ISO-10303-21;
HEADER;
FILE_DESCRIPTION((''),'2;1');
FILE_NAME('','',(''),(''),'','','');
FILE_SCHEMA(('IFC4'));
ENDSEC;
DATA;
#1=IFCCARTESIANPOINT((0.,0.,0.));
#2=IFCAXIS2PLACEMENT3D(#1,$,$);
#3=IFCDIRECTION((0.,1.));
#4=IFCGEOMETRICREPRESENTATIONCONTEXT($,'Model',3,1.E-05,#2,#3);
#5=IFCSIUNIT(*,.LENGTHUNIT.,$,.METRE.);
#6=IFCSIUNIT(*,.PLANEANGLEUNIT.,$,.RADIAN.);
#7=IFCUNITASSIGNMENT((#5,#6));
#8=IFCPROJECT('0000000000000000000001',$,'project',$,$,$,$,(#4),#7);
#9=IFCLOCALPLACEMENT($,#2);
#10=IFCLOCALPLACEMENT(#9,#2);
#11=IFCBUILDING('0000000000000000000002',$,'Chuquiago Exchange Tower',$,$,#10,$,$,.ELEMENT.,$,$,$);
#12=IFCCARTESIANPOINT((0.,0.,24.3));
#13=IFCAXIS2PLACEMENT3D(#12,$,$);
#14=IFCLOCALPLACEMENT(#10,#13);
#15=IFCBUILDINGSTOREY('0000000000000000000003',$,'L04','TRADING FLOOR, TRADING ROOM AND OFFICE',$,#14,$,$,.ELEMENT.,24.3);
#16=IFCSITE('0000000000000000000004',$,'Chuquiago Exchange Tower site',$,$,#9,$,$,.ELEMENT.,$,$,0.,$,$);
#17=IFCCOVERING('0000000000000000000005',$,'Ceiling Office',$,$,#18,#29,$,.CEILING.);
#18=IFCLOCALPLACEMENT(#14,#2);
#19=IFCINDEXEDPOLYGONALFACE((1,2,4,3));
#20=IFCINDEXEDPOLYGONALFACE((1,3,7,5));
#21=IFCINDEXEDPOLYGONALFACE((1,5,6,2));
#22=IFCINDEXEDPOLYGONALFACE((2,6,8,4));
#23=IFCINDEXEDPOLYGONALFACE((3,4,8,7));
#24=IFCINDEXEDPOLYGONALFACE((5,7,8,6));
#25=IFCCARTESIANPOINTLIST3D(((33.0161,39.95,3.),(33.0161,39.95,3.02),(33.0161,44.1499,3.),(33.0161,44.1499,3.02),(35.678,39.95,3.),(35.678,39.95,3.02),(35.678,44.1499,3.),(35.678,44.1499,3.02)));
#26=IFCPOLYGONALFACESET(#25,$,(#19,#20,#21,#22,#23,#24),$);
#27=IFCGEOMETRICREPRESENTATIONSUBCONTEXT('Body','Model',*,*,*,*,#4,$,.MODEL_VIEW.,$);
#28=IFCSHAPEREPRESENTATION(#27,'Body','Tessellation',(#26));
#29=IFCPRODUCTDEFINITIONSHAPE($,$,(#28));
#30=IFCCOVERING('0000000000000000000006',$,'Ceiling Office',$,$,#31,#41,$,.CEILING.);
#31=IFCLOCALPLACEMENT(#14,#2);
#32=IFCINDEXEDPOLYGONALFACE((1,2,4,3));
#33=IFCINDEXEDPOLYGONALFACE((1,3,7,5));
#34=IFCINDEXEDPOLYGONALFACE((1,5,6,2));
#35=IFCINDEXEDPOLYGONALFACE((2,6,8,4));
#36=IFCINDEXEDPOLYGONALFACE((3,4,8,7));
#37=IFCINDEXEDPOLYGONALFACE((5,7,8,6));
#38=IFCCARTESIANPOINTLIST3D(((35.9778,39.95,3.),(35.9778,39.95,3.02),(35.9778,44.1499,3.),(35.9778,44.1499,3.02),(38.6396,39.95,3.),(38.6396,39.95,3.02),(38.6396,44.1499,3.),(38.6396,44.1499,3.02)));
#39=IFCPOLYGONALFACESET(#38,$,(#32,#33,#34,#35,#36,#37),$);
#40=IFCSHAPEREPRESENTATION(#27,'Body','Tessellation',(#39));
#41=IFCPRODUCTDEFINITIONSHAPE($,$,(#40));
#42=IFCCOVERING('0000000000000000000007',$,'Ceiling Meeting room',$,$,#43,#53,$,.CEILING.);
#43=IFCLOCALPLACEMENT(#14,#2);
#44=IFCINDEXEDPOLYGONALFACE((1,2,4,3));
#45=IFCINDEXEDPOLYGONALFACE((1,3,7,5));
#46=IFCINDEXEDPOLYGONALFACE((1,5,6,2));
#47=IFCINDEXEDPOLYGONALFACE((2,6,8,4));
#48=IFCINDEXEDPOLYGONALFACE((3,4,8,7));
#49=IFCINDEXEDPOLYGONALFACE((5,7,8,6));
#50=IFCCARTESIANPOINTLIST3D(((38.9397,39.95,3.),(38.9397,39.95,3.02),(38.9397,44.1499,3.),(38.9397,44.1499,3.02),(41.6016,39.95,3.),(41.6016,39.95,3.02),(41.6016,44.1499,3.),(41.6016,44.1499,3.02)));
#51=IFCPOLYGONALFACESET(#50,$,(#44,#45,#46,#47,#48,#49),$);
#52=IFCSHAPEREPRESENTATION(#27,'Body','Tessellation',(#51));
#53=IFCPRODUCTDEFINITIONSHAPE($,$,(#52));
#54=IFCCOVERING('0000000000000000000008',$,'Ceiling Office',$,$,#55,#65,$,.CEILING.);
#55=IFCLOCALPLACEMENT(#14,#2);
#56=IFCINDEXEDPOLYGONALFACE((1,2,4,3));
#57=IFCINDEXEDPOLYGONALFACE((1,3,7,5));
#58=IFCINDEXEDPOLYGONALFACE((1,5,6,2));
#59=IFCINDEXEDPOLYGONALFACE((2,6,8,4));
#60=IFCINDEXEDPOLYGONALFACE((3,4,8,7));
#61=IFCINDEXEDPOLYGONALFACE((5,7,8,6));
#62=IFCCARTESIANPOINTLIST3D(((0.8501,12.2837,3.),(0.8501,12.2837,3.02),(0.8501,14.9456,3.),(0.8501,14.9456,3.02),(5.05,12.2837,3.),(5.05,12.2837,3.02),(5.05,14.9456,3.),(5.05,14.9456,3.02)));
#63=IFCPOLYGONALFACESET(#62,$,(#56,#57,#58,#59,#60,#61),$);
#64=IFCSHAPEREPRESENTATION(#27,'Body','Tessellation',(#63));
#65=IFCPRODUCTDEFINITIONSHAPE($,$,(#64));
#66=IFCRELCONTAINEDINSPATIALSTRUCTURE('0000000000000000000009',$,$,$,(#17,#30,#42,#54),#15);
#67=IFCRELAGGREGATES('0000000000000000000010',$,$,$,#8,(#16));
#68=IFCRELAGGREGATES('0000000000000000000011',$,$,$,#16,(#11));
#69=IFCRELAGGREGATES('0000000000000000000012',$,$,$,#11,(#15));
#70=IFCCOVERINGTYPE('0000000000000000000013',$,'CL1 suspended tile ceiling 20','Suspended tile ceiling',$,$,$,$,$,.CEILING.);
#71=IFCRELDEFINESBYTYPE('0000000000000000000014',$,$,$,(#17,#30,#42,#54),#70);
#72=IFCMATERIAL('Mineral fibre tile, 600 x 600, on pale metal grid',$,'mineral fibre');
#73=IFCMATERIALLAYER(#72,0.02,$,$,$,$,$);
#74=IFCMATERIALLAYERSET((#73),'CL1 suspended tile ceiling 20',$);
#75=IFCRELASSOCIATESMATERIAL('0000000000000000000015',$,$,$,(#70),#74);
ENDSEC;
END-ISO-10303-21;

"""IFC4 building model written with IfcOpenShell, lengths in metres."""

from ifc_helpers import new_model, si_unit, direction, frame, origin, place, context, subcontext, project, spatial, polyline, outline, extrude, material, layer, layer_set, type_object, element, save


model = new_model("IFC4")

# Units and contexts
model_context = context("Model", 3, precision=1e-05, world=origin(), true_north=direction((0.0, 1.0)))
body_context = subcontext(model_context, "Body", "Model", "MODEL_VIEW")
ifc_project = project(units=[si_unit("LENGTHUNIT", "METRE"), si_unit("PLANEANGLEUNIT", "RADIAN")], contexts=[model_context])

# Site, building, storey
site_placement = place(None, origin())
site = spatial("IfcSite", under=ifc_project, at=site_placement, Name="Chuquiago Exchange Tower site", CompositionType="ELEMENT", RefElevation=0.0)
building_placement = place(site_placement, origin())
building = spatial("IfcBuilding", under=site, at=building_placement, Name="Chuquiago Exchange Tower", CompositionType="ELEMENT")
storey_placement = place(building_placement, frame((0.0, 0.0, 24.3)))
storey = spatial("IfcBuildingStorey", under=building, at=storey_placement, Name="L04", Description="TRADING FLOOR, TRADING ROOM AND OFFICE", CompositionType="ELEMENT", Elevation=24.3)

# Coverings
ifc_material = material(Name="Mineral fibre tile, 600 x 600, on pale metal grid", Category="mineral fibre")
ifc_layer = layer(ifc_material, 0.02)
ifc_layer_set = layer_set([ifc_layer], Name="CL1 suspended tile ceiling 20")
covering_type = type_object("IfcCoveringType", Name="CL1 suspended tile ceiling 20", Description="Suspended tile ceiling", PredefinedType="CEILING", material=ifc_layer_set)
covering_1_placement = place(storey_placement, frame((0.0, 0.0, 3.0)))
element("IfcCovering", 1, at=covering_1_placement, inside=storey, type_object=covering_type, Name="Ceiling Office", PredefinedType="CEILING", context=body_context, shape_type="SweptSolid", body=[
    extrude(outline(polyline([(35.678, 39.95), (33.0161, 39.95), (33.0161, 44.1499), (35.678, 44.1499), (35.678, 39.95)])), origin(), (0.0, 0.0, 1.0), 0.02),
])
covering_2_placement = place(storey_placement, frame((0.0, 0.0, 3.0)))
element("IfcCovering", 2, at=covering_2_placement, inside=storey, type_object=covering_type, Name="Ceiling Office", PredefinedType="CEILING", context=body_context, shape_type="SweptSolid", body=[
    extrude(outline(polyline([(38.6396, 39.95), (35.9778, 39.95), (35.9778, 44.1499), (38.6396, 44.1499), (38.6396, 39.95)])), origin(), (0.0, 0.0, 1.0), 0.02),
])
covering_3_placement = place(storey_placement, frame((0.0, 0.0, 3.0)))
element("IfcCovering", 3, at=covering_3_placement, inside=storey, type_object=covering_type, Name="Ceiling Meeting room", PredefinedType="CEILING", context=body_context, shape_type="SweptSolid", body=[
    extrude(outline(polyline([(41.6016, 39.95), (38.9397, 39.95), (38.9397, 44.1499), (41.6016, 44.1499), (41.6016, 39.95)])), origin(), (0.0, 0.0, 1.0), 0.02),
])
covering_4_placement = place(storey_placement, frame((0.0, 0.0, 3.0)))
element("IfcCovering", 4, at=covering_4_placement, inside=storey, type_object=covering_type, Name="Ceiling Office", PredefinedType="CEILING", context=body_context, shape_type="SweptSolid", body=[
    extrude(outline(polyline([(5.05, 14.9456), (5.05, 12.2837), (0.8501, 12.2837), (0.8501, 14.9456), (5.05, 14.9456)])), origin(), (0.0, 0.0, 1.0), 0.02),
])

save(model, "model.ifc")
